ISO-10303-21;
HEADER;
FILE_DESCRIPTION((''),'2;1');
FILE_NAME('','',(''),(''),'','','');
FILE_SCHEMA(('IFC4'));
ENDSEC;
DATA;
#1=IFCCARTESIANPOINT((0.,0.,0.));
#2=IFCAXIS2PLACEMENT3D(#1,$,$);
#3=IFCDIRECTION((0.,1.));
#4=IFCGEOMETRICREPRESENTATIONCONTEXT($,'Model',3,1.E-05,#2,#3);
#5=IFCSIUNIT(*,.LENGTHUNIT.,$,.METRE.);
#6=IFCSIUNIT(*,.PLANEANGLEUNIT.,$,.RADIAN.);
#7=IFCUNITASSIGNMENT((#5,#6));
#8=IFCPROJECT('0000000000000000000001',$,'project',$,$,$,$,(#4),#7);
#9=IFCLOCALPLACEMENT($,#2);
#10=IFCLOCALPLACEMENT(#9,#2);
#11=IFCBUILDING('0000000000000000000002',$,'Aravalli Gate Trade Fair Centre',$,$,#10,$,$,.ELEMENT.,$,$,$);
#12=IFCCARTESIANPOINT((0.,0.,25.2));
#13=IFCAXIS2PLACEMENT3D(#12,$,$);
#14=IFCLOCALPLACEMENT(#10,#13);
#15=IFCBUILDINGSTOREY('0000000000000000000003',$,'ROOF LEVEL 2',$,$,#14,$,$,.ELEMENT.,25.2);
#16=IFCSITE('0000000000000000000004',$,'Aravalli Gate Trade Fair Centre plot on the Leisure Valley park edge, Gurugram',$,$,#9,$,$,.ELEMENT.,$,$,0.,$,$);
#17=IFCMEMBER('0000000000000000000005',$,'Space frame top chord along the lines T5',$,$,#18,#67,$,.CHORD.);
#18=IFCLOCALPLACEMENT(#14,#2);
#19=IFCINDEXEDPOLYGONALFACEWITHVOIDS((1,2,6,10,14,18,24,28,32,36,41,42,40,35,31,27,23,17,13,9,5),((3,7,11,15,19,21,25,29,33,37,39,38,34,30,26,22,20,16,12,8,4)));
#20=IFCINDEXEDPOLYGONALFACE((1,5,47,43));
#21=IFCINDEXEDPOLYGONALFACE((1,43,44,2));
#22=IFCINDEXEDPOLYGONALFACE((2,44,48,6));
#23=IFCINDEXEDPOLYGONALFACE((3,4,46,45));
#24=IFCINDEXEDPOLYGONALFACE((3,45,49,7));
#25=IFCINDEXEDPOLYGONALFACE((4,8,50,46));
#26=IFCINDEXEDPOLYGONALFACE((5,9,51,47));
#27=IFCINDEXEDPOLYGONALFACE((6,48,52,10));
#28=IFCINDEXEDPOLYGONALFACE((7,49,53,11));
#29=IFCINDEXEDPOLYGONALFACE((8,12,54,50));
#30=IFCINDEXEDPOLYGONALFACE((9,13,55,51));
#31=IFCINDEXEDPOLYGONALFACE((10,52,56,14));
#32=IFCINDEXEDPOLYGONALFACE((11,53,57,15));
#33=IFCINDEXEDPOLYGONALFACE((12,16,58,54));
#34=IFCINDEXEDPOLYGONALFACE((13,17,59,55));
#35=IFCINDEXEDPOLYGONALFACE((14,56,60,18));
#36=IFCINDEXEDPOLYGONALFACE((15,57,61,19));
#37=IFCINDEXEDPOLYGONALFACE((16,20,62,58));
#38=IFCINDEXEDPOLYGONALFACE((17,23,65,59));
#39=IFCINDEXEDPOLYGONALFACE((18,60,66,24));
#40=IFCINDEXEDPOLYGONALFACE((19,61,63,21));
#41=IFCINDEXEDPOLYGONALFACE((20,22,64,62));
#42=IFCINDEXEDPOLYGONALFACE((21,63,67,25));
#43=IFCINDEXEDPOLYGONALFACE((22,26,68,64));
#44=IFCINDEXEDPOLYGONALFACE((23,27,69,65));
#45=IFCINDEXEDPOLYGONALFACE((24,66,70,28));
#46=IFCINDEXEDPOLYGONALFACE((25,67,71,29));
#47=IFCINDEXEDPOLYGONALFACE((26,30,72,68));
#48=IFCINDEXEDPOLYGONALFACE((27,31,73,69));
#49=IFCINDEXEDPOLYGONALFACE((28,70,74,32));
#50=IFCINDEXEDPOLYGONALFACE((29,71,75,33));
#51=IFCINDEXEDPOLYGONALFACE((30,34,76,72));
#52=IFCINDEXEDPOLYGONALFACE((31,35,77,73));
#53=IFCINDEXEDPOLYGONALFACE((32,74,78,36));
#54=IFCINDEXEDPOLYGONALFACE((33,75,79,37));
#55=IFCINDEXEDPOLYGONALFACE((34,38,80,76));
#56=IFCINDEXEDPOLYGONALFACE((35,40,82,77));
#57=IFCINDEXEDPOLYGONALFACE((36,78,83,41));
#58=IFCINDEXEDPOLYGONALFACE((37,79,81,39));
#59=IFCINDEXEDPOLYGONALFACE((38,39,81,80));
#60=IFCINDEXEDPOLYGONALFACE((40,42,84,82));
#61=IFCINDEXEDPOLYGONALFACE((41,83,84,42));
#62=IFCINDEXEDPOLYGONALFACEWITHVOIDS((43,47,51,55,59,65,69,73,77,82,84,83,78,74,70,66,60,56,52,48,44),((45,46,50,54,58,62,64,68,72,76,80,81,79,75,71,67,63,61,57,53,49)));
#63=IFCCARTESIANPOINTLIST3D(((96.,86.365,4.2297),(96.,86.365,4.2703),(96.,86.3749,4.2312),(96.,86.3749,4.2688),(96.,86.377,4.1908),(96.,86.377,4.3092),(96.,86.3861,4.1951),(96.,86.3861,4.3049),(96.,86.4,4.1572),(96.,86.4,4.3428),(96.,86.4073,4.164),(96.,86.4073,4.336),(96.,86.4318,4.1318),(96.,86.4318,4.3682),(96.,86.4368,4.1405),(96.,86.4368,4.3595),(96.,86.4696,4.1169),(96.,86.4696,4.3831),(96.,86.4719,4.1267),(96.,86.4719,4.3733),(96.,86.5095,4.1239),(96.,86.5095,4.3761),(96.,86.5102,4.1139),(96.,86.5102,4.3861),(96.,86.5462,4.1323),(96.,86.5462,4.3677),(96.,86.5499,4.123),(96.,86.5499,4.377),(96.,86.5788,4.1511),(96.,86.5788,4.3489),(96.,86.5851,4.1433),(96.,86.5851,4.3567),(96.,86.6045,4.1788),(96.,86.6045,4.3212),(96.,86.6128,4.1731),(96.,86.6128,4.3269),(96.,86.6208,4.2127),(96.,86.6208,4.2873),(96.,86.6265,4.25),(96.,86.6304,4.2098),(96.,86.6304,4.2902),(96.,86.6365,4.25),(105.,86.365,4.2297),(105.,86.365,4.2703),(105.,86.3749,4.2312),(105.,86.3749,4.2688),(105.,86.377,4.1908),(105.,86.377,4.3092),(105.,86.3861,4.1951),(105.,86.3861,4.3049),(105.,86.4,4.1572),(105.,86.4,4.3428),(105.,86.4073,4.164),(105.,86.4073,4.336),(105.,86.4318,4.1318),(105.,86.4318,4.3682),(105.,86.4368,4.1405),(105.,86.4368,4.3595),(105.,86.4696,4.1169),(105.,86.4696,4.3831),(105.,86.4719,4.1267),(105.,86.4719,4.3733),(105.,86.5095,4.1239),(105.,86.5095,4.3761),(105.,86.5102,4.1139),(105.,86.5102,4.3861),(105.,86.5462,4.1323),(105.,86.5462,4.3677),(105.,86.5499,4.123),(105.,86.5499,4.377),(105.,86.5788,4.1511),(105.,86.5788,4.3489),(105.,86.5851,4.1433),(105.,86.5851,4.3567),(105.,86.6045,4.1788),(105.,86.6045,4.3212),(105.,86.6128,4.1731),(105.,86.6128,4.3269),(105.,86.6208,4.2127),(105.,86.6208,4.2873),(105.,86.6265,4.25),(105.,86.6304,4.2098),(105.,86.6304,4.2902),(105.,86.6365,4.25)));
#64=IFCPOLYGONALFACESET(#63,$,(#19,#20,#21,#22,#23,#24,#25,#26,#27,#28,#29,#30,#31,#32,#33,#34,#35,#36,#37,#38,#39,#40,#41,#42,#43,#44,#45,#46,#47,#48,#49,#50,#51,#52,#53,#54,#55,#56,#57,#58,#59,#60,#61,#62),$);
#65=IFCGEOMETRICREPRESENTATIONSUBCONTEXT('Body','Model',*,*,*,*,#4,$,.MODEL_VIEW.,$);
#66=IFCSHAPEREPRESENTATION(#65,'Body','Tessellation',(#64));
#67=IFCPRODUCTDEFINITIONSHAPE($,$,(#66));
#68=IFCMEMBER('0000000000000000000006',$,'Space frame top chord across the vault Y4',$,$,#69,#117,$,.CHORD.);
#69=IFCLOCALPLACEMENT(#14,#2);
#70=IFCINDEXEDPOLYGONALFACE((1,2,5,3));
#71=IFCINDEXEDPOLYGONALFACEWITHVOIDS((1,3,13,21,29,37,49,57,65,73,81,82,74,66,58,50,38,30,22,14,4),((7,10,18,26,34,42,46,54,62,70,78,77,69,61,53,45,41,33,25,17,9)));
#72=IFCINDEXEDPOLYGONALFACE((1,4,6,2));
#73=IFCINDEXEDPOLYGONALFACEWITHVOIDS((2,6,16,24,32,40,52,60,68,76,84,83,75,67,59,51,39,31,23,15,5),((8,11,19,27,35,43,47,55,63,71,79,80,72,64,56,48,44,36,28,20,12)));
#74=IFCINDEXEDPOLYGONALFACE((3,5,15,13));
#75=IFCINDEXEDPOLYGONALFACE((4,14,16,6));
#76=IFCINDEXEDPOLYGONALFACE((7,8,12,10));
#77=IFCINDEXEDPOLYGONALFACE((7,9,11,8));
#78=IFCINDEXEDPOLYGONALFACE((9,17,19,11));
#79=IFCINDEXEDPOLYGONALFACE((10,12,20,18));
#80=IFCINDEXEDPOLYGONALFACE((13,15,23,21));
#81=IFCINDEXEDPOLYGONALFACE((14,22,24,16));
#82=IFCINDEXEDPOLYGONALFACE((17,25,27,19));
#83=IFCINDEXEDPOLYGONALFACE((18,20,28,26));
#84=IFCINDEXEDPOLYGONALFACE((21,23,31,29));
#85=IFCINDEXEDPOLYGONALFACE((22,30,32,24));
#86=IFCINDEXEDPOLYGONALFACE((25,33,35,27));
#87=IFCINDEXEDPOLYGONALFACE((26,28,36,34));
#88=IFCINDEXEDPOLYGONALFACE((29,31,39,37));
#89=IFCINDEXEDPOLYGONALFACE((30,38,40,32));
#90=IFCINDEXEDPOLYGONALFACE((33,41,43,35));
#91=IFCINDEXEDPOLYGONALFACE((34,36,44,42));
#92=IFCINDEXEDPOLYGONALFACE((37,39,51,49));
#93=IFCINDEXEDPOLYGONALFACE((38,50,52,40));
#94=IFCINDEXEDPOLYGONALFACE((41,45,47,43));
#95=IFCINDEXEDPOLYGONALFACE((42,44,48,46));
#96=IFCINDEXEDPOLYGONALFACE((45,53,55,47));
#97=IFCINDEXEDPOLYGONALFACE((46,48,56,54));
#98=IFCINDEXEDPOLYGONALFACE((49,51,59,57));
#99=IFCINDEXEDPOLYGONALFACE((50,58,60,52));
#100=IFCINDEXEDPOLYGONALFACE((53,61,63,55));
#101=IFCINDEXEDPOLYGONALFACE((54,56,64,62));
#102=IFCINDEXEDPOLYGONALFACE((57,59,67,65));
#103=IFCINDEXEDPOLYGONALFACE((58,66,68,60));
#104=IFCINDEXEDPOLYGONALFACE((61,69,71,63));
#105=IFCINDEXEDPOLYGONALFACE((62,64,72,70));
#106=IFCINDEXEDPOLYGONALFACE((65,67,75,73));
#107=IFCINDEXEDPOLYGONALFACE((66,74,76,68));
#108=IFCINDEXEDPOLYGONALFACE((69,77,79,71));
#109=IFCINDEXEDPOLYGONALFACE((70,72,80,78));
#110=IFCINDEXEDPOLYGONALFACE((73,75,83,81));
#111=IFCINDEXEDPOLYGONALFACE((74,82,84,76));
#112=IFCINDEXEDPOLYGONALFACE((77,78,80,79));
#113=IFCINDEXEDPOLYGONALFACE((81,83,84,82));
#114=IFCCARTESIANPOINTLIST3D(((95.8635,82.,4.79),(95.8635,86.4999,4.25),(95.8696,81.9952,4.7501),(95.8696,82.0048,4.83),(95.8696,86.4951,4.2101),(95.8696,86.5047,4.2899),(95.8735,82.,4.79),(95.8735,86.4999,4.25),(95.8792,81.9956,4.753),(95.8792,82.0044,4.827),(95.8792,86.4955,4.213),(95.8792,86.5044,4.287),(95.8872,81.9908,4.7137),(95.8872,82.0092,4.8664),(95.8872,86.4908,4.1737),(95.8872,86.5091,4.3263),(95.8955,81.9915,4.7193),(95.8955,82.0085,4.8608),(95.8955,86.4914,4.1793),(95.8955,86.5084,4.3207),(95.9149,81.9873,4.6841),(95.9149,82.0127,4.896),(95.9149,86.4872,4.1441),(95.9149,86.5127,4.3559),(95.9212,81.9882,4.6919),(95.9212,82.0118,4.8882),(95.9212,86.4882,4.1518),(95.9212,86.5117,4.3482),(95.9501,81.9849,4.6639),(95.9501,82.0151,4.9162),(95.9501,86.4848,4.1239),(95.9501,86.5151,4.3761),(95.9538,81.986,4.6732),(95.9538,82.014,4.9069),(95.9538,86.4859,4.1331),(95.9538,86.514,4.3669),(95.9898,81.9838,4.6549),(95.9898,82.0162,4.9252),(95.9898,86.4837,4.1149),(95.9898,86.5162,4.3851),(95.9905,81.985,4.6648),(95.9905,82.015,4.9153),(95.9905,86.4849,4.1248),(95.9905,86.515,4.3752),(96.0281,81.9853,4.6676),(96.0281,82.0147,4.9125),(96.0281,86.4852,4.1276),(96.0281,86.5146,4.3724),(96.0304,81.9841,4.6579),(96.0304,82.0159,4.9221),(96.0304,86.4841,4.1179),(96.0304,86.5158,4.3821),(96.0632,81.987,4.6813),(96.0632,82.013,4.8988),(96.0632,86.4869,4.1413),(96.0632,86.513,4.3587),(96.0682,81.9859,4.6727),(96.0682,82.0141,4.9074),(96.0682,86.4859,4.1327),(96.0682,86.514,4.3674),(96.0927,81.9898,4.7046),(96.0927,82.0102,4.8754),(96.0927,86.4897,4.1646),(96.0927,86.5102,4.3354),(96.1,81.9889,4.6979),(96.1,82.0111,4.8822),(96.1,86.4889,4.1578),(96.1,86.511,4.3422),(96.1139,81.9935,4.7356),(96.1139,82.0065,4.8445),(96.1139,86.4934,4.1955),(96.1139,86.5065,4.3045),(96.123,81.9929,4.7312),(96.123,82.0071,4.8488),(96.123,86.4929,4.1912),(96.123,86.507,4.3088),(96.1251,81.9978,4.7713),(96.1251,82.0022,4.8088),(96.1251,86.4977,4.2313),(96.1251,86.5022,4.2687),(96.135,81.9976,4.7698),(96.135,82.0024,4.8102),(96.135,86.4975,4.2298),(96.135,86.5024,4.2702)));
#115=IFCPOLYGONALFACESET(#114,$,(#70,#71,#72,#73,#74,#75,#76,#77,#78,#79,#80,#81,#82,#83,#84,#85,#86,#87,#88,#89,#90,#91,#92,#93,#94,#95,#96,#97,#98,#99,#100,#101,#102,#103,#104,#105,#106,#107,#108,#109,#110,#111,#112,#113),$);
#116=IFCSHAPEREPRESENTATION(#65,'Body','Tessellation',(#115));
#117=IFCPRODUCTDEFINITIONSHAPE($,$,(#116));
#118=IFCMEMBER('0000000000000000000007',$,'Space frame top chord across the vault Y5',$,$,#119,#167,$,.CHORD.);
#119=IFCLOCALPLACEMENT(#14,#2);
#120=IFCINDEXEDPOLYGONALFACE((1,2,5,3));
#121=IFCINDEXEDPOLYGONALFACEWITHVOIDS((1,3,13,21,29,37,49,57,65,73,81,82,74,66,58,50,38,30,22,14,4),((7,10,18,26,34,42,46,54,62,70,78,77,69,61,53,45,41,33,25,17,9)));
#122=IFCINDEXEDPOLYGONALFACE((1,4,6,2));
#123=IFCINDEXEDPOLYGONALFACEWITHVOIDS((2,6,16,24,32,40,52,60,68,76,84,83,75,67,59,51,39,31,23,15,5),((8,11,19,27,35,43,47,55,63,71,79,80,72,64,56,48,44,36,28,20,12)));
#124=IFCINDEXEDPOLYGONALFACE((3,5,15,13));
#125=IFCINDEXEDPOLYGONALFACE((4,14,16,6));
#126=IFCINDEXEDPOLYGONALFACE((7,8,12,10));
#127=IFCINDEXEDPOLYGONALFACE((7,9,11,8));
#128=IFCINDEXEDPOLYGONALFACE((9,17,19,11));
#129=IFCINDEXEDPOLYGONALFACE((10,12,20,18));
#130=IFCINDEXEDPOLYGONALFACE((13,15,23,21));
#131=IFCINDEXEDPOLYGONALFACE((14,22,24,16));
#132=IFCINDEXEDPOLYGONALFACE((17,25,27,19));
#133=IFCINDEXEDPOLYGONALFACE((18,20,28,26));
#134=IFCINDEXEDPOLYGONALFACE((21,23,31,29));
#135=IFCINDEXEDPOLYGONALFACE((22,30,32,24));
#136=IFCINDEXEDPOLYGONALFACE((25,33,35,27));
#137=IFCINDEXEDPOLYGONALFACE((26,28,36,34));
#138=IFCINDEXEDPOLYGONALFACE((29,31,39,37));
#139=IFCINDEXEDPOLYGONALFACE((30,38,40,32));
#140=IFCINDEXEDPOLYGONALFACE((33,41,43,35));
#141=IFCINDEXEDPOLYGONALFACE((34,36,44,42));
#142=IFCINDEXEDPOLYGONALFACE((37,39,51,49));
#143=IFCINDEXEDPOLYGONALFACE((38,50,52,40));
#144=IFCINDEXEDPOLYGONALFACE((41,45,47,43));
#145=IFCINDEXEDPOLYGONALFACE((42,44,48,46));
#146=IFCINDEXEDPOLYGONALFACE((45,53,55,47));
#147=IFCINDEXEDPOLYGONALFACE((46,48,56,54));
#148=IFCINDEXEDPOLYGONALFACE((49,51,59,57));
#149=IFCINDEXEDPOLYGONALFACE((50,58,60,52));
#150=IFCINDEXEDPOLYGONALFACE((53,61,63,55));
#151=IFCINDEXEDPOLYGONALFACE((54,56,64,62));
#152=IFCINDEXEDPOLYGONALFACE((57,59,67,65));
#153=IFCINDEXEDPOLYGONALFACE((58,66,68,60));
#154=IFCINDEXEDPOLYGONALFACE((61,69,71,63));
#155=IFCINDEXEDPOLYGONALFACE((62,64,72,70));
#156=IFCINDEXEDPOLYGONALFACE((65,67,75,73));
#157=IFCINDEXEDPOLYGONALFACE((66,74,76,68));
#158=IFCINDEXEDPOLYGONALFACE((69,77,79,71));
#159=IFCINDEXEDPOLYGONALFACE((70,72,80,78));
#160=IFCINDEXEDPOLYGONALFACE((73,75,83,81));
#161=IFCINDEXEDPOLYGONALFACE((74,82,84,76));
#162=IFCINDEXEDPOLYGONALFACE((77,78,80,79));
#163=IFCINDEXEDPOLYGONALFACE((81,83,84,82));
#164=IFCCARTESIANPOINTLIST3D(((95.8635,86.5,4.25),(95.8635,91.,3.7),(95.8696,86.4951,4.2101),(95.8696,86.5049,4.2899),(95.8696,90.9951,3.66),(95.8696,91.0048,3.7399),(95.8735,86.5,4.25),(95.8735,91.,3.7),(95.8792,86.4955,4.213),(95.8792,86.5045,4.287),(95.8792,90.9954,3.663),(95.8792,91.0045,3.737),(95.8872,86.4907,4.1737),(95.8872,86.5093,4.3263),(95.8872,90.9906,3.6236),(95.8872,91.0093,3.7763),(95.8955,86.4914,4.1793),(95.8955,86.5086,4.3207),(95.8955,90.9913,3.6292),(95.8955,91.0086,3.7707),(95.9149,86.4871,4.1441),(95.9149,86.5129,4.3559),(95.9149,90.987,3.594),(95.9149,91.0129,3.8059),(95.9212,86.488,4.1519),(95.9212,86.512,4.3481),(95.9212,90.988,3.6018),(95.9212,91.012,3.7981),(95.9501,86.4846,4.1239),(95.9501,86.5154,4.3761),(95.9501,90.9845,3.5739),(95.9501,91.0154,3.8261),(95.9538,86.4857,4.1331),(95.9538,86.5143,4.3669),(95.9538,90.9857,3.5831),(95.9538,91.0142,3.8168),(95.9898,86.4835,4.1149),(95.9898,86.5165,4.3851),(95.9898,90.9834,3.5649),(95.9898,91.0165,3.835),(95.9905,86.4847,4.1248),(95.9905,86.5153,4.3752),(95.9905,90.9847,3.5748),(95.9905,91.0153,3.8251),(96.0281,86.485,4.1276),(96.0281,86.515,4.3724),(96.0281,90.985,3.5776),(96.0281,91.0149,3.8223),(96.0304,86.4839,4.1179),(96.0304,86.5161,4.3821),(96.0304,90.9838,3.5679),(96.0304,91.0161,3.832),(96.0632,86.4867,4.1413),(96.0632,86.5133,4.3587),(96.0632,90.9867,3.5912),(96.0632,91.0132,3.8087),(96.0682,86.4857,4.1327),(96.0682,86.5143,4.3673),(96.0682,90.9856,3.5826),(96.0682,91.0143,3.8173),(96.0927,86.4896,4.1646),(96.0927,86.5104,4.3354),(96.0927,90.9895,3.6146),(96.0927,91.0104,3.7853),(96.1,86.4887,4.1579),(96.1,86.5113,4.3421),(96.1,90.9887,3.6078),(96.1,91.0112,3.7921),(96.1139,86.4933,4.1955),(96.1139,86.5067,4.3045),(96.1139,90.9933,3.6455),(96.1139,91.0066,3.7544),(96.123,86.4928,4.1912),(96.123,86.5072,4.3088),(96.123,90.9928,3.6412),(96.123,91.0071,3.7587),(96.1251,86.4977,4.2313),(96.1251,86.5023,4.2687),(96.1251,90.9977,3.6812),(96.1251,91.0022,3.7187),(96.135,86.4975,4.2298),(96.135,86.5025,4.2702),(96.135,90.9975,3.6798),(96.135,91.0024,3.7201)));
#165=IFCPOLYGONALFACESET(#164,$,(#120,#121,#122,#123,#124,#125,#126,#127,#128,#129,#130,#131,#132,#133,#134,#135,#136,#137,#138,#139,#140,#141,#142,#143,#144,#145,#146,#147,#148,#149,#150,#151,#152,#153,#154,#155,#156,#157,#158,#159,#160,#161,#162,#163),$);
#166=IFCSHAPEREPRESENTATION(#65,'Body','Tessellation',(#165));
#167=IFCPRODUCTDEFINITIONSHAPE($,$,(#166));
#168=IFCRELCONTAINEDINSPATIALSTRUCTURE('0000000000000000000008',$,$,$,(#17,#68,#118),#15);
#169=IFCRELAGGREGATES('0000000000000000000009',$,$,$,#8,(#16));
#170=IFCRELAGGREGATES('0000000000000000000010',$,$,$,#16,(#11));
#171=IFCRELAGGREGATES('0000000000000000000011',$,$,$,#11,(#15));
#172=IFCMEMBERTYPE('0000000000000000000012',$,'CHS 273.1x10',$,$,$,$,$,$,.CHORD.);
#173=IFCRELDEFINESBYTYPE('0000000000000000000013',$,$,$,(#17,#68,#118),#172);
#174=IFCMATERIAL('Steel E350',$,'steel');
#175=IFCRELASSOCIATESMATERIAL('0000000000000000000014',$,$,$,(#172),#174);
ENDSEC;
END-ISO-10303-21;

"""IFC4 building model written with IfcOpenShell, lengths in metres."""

from ifc_helpers import new_model, si_unit, direction, frame, origin, origin_2d, place, context, subcontext, project, spatial, hollow_circle, extrude, material, material_profile, profile_set, type_object, element, save


model = new_model("IFC4")

# Units and contexts
model_context = context("Model", 3, precision=1e-05, world=origin(), true_north=direction((0.0, 1.0)))
body_context = subcontext(model_context, "Body", "Model", "MODEL_VIEW")
ifc_project = project(units=[si_unit("LENGTHUNIT", "METRE"), si_unit("PLANEANGLEUNIT", "RADIAN")], contexts=[model_context])

# Site, building, storey
site_placement = place(None, origin())
site = spatial("IfcSite", under=ifc_project, at=site_placement, Name="Aravalli Gate Trade Fair Centre plot on the Leisure Valley park edge, Gurugram", CompositionType="ELEMENT", RefElevation=0.0)
building_placement = place(site_placement, origin())
building = spatial("IfcBuilding", under=site, at=building_placement, Name="Aravalli Gate Trade Fair Centre", CompositionType="ELEMENT")
storey_placement = place(building_placement, frame((0.0, 0.0, 25.2)))
storey = spatial("IfcBuildingStorey", under=building, at=storey_placement, Name="ROOF LEVEL 2", CompositionType="ELEMENT", Elevation=25.2)

# Members
ifc_material_1 = material(Name="Steel E350", Category="steel")
ifc_material_profile_1 = material_profile(ifc_material_1, hollow_circle(Radius=0.1365, WallThickness=0.01, at=origin_2d()), Name="CHS 273.1x10")
ifc_profile_set_1 = profile_set([ifc_material_profile_1], Name="Steel E350")
member_type_1 = type_object("IfcMemberType", Name="CHS 273.1x10", PredefinedType="CHORD", material=ifc_profile_set_1)
for number, where, z_axis, x_axis, name in (
    (1, (96.0, 86.5, 4.25), (1.0, 0.0, 0.0), (0.0, 1.0, 0.0), "Space frame top chord along the lines T5"),
):
    element("IfcMember", number, at=place(storey_placement, frame(where, z_axis=z_axis, x_axis=x_axis)), inside=storey, type_object=member_type_1, Name=name, PredefinedType="CHORD", context=body_context, shape_type="SweptSolid", body=[
        extrude(hollow_circle(Radius=0.1365, WallThickness=0.01, at=origin_2d()), origin(), (0.0, 0.0, 1.0), 9.0),
    ])
member_1_placement = place(storey_placement, frame((96.0, 82.0, 4.79), z_axis=(0.0, 0.992876, -0.119154), x_axis=(-1.0, 0.0, 0.0)))
element("IfcMember", 2, at=member_1_placement, inside=storey, type_object=member_type_1, Name="Space frame top chord across the vault Y4", PredefinedType="CHORD", context=body_context, shape_type="SweptSolid", body=[
    extrude(hollow_circle(Radius=0.1365, WallThickness=0.01, at=origin_2d()), origin(), (0.0, 0.0, 1.0), 4.5322),
])
member_2_placement = place(storey_placement, frame((96.0, 86.5, 4.25), z_axis=(0.0, 0.992612, -0.12133), x_axis=(-1.0, 0.0, 0.0)))
element("IfcMember", 3, at=member_2_placement, inside=storey, type_object=member_type_1, Name="Space frame top chord across the vault Y5", PredefinedType="CHORD", context=body_context, shape_type="SweptSolid", body=[
    extrude(hollow_circle(Radius=0.1365, WallThickness=0.01, at=origin_2d()), origin(), (0.0, 0.0, 1.0), 4.5334),
])

save(model, "model.ifc")
